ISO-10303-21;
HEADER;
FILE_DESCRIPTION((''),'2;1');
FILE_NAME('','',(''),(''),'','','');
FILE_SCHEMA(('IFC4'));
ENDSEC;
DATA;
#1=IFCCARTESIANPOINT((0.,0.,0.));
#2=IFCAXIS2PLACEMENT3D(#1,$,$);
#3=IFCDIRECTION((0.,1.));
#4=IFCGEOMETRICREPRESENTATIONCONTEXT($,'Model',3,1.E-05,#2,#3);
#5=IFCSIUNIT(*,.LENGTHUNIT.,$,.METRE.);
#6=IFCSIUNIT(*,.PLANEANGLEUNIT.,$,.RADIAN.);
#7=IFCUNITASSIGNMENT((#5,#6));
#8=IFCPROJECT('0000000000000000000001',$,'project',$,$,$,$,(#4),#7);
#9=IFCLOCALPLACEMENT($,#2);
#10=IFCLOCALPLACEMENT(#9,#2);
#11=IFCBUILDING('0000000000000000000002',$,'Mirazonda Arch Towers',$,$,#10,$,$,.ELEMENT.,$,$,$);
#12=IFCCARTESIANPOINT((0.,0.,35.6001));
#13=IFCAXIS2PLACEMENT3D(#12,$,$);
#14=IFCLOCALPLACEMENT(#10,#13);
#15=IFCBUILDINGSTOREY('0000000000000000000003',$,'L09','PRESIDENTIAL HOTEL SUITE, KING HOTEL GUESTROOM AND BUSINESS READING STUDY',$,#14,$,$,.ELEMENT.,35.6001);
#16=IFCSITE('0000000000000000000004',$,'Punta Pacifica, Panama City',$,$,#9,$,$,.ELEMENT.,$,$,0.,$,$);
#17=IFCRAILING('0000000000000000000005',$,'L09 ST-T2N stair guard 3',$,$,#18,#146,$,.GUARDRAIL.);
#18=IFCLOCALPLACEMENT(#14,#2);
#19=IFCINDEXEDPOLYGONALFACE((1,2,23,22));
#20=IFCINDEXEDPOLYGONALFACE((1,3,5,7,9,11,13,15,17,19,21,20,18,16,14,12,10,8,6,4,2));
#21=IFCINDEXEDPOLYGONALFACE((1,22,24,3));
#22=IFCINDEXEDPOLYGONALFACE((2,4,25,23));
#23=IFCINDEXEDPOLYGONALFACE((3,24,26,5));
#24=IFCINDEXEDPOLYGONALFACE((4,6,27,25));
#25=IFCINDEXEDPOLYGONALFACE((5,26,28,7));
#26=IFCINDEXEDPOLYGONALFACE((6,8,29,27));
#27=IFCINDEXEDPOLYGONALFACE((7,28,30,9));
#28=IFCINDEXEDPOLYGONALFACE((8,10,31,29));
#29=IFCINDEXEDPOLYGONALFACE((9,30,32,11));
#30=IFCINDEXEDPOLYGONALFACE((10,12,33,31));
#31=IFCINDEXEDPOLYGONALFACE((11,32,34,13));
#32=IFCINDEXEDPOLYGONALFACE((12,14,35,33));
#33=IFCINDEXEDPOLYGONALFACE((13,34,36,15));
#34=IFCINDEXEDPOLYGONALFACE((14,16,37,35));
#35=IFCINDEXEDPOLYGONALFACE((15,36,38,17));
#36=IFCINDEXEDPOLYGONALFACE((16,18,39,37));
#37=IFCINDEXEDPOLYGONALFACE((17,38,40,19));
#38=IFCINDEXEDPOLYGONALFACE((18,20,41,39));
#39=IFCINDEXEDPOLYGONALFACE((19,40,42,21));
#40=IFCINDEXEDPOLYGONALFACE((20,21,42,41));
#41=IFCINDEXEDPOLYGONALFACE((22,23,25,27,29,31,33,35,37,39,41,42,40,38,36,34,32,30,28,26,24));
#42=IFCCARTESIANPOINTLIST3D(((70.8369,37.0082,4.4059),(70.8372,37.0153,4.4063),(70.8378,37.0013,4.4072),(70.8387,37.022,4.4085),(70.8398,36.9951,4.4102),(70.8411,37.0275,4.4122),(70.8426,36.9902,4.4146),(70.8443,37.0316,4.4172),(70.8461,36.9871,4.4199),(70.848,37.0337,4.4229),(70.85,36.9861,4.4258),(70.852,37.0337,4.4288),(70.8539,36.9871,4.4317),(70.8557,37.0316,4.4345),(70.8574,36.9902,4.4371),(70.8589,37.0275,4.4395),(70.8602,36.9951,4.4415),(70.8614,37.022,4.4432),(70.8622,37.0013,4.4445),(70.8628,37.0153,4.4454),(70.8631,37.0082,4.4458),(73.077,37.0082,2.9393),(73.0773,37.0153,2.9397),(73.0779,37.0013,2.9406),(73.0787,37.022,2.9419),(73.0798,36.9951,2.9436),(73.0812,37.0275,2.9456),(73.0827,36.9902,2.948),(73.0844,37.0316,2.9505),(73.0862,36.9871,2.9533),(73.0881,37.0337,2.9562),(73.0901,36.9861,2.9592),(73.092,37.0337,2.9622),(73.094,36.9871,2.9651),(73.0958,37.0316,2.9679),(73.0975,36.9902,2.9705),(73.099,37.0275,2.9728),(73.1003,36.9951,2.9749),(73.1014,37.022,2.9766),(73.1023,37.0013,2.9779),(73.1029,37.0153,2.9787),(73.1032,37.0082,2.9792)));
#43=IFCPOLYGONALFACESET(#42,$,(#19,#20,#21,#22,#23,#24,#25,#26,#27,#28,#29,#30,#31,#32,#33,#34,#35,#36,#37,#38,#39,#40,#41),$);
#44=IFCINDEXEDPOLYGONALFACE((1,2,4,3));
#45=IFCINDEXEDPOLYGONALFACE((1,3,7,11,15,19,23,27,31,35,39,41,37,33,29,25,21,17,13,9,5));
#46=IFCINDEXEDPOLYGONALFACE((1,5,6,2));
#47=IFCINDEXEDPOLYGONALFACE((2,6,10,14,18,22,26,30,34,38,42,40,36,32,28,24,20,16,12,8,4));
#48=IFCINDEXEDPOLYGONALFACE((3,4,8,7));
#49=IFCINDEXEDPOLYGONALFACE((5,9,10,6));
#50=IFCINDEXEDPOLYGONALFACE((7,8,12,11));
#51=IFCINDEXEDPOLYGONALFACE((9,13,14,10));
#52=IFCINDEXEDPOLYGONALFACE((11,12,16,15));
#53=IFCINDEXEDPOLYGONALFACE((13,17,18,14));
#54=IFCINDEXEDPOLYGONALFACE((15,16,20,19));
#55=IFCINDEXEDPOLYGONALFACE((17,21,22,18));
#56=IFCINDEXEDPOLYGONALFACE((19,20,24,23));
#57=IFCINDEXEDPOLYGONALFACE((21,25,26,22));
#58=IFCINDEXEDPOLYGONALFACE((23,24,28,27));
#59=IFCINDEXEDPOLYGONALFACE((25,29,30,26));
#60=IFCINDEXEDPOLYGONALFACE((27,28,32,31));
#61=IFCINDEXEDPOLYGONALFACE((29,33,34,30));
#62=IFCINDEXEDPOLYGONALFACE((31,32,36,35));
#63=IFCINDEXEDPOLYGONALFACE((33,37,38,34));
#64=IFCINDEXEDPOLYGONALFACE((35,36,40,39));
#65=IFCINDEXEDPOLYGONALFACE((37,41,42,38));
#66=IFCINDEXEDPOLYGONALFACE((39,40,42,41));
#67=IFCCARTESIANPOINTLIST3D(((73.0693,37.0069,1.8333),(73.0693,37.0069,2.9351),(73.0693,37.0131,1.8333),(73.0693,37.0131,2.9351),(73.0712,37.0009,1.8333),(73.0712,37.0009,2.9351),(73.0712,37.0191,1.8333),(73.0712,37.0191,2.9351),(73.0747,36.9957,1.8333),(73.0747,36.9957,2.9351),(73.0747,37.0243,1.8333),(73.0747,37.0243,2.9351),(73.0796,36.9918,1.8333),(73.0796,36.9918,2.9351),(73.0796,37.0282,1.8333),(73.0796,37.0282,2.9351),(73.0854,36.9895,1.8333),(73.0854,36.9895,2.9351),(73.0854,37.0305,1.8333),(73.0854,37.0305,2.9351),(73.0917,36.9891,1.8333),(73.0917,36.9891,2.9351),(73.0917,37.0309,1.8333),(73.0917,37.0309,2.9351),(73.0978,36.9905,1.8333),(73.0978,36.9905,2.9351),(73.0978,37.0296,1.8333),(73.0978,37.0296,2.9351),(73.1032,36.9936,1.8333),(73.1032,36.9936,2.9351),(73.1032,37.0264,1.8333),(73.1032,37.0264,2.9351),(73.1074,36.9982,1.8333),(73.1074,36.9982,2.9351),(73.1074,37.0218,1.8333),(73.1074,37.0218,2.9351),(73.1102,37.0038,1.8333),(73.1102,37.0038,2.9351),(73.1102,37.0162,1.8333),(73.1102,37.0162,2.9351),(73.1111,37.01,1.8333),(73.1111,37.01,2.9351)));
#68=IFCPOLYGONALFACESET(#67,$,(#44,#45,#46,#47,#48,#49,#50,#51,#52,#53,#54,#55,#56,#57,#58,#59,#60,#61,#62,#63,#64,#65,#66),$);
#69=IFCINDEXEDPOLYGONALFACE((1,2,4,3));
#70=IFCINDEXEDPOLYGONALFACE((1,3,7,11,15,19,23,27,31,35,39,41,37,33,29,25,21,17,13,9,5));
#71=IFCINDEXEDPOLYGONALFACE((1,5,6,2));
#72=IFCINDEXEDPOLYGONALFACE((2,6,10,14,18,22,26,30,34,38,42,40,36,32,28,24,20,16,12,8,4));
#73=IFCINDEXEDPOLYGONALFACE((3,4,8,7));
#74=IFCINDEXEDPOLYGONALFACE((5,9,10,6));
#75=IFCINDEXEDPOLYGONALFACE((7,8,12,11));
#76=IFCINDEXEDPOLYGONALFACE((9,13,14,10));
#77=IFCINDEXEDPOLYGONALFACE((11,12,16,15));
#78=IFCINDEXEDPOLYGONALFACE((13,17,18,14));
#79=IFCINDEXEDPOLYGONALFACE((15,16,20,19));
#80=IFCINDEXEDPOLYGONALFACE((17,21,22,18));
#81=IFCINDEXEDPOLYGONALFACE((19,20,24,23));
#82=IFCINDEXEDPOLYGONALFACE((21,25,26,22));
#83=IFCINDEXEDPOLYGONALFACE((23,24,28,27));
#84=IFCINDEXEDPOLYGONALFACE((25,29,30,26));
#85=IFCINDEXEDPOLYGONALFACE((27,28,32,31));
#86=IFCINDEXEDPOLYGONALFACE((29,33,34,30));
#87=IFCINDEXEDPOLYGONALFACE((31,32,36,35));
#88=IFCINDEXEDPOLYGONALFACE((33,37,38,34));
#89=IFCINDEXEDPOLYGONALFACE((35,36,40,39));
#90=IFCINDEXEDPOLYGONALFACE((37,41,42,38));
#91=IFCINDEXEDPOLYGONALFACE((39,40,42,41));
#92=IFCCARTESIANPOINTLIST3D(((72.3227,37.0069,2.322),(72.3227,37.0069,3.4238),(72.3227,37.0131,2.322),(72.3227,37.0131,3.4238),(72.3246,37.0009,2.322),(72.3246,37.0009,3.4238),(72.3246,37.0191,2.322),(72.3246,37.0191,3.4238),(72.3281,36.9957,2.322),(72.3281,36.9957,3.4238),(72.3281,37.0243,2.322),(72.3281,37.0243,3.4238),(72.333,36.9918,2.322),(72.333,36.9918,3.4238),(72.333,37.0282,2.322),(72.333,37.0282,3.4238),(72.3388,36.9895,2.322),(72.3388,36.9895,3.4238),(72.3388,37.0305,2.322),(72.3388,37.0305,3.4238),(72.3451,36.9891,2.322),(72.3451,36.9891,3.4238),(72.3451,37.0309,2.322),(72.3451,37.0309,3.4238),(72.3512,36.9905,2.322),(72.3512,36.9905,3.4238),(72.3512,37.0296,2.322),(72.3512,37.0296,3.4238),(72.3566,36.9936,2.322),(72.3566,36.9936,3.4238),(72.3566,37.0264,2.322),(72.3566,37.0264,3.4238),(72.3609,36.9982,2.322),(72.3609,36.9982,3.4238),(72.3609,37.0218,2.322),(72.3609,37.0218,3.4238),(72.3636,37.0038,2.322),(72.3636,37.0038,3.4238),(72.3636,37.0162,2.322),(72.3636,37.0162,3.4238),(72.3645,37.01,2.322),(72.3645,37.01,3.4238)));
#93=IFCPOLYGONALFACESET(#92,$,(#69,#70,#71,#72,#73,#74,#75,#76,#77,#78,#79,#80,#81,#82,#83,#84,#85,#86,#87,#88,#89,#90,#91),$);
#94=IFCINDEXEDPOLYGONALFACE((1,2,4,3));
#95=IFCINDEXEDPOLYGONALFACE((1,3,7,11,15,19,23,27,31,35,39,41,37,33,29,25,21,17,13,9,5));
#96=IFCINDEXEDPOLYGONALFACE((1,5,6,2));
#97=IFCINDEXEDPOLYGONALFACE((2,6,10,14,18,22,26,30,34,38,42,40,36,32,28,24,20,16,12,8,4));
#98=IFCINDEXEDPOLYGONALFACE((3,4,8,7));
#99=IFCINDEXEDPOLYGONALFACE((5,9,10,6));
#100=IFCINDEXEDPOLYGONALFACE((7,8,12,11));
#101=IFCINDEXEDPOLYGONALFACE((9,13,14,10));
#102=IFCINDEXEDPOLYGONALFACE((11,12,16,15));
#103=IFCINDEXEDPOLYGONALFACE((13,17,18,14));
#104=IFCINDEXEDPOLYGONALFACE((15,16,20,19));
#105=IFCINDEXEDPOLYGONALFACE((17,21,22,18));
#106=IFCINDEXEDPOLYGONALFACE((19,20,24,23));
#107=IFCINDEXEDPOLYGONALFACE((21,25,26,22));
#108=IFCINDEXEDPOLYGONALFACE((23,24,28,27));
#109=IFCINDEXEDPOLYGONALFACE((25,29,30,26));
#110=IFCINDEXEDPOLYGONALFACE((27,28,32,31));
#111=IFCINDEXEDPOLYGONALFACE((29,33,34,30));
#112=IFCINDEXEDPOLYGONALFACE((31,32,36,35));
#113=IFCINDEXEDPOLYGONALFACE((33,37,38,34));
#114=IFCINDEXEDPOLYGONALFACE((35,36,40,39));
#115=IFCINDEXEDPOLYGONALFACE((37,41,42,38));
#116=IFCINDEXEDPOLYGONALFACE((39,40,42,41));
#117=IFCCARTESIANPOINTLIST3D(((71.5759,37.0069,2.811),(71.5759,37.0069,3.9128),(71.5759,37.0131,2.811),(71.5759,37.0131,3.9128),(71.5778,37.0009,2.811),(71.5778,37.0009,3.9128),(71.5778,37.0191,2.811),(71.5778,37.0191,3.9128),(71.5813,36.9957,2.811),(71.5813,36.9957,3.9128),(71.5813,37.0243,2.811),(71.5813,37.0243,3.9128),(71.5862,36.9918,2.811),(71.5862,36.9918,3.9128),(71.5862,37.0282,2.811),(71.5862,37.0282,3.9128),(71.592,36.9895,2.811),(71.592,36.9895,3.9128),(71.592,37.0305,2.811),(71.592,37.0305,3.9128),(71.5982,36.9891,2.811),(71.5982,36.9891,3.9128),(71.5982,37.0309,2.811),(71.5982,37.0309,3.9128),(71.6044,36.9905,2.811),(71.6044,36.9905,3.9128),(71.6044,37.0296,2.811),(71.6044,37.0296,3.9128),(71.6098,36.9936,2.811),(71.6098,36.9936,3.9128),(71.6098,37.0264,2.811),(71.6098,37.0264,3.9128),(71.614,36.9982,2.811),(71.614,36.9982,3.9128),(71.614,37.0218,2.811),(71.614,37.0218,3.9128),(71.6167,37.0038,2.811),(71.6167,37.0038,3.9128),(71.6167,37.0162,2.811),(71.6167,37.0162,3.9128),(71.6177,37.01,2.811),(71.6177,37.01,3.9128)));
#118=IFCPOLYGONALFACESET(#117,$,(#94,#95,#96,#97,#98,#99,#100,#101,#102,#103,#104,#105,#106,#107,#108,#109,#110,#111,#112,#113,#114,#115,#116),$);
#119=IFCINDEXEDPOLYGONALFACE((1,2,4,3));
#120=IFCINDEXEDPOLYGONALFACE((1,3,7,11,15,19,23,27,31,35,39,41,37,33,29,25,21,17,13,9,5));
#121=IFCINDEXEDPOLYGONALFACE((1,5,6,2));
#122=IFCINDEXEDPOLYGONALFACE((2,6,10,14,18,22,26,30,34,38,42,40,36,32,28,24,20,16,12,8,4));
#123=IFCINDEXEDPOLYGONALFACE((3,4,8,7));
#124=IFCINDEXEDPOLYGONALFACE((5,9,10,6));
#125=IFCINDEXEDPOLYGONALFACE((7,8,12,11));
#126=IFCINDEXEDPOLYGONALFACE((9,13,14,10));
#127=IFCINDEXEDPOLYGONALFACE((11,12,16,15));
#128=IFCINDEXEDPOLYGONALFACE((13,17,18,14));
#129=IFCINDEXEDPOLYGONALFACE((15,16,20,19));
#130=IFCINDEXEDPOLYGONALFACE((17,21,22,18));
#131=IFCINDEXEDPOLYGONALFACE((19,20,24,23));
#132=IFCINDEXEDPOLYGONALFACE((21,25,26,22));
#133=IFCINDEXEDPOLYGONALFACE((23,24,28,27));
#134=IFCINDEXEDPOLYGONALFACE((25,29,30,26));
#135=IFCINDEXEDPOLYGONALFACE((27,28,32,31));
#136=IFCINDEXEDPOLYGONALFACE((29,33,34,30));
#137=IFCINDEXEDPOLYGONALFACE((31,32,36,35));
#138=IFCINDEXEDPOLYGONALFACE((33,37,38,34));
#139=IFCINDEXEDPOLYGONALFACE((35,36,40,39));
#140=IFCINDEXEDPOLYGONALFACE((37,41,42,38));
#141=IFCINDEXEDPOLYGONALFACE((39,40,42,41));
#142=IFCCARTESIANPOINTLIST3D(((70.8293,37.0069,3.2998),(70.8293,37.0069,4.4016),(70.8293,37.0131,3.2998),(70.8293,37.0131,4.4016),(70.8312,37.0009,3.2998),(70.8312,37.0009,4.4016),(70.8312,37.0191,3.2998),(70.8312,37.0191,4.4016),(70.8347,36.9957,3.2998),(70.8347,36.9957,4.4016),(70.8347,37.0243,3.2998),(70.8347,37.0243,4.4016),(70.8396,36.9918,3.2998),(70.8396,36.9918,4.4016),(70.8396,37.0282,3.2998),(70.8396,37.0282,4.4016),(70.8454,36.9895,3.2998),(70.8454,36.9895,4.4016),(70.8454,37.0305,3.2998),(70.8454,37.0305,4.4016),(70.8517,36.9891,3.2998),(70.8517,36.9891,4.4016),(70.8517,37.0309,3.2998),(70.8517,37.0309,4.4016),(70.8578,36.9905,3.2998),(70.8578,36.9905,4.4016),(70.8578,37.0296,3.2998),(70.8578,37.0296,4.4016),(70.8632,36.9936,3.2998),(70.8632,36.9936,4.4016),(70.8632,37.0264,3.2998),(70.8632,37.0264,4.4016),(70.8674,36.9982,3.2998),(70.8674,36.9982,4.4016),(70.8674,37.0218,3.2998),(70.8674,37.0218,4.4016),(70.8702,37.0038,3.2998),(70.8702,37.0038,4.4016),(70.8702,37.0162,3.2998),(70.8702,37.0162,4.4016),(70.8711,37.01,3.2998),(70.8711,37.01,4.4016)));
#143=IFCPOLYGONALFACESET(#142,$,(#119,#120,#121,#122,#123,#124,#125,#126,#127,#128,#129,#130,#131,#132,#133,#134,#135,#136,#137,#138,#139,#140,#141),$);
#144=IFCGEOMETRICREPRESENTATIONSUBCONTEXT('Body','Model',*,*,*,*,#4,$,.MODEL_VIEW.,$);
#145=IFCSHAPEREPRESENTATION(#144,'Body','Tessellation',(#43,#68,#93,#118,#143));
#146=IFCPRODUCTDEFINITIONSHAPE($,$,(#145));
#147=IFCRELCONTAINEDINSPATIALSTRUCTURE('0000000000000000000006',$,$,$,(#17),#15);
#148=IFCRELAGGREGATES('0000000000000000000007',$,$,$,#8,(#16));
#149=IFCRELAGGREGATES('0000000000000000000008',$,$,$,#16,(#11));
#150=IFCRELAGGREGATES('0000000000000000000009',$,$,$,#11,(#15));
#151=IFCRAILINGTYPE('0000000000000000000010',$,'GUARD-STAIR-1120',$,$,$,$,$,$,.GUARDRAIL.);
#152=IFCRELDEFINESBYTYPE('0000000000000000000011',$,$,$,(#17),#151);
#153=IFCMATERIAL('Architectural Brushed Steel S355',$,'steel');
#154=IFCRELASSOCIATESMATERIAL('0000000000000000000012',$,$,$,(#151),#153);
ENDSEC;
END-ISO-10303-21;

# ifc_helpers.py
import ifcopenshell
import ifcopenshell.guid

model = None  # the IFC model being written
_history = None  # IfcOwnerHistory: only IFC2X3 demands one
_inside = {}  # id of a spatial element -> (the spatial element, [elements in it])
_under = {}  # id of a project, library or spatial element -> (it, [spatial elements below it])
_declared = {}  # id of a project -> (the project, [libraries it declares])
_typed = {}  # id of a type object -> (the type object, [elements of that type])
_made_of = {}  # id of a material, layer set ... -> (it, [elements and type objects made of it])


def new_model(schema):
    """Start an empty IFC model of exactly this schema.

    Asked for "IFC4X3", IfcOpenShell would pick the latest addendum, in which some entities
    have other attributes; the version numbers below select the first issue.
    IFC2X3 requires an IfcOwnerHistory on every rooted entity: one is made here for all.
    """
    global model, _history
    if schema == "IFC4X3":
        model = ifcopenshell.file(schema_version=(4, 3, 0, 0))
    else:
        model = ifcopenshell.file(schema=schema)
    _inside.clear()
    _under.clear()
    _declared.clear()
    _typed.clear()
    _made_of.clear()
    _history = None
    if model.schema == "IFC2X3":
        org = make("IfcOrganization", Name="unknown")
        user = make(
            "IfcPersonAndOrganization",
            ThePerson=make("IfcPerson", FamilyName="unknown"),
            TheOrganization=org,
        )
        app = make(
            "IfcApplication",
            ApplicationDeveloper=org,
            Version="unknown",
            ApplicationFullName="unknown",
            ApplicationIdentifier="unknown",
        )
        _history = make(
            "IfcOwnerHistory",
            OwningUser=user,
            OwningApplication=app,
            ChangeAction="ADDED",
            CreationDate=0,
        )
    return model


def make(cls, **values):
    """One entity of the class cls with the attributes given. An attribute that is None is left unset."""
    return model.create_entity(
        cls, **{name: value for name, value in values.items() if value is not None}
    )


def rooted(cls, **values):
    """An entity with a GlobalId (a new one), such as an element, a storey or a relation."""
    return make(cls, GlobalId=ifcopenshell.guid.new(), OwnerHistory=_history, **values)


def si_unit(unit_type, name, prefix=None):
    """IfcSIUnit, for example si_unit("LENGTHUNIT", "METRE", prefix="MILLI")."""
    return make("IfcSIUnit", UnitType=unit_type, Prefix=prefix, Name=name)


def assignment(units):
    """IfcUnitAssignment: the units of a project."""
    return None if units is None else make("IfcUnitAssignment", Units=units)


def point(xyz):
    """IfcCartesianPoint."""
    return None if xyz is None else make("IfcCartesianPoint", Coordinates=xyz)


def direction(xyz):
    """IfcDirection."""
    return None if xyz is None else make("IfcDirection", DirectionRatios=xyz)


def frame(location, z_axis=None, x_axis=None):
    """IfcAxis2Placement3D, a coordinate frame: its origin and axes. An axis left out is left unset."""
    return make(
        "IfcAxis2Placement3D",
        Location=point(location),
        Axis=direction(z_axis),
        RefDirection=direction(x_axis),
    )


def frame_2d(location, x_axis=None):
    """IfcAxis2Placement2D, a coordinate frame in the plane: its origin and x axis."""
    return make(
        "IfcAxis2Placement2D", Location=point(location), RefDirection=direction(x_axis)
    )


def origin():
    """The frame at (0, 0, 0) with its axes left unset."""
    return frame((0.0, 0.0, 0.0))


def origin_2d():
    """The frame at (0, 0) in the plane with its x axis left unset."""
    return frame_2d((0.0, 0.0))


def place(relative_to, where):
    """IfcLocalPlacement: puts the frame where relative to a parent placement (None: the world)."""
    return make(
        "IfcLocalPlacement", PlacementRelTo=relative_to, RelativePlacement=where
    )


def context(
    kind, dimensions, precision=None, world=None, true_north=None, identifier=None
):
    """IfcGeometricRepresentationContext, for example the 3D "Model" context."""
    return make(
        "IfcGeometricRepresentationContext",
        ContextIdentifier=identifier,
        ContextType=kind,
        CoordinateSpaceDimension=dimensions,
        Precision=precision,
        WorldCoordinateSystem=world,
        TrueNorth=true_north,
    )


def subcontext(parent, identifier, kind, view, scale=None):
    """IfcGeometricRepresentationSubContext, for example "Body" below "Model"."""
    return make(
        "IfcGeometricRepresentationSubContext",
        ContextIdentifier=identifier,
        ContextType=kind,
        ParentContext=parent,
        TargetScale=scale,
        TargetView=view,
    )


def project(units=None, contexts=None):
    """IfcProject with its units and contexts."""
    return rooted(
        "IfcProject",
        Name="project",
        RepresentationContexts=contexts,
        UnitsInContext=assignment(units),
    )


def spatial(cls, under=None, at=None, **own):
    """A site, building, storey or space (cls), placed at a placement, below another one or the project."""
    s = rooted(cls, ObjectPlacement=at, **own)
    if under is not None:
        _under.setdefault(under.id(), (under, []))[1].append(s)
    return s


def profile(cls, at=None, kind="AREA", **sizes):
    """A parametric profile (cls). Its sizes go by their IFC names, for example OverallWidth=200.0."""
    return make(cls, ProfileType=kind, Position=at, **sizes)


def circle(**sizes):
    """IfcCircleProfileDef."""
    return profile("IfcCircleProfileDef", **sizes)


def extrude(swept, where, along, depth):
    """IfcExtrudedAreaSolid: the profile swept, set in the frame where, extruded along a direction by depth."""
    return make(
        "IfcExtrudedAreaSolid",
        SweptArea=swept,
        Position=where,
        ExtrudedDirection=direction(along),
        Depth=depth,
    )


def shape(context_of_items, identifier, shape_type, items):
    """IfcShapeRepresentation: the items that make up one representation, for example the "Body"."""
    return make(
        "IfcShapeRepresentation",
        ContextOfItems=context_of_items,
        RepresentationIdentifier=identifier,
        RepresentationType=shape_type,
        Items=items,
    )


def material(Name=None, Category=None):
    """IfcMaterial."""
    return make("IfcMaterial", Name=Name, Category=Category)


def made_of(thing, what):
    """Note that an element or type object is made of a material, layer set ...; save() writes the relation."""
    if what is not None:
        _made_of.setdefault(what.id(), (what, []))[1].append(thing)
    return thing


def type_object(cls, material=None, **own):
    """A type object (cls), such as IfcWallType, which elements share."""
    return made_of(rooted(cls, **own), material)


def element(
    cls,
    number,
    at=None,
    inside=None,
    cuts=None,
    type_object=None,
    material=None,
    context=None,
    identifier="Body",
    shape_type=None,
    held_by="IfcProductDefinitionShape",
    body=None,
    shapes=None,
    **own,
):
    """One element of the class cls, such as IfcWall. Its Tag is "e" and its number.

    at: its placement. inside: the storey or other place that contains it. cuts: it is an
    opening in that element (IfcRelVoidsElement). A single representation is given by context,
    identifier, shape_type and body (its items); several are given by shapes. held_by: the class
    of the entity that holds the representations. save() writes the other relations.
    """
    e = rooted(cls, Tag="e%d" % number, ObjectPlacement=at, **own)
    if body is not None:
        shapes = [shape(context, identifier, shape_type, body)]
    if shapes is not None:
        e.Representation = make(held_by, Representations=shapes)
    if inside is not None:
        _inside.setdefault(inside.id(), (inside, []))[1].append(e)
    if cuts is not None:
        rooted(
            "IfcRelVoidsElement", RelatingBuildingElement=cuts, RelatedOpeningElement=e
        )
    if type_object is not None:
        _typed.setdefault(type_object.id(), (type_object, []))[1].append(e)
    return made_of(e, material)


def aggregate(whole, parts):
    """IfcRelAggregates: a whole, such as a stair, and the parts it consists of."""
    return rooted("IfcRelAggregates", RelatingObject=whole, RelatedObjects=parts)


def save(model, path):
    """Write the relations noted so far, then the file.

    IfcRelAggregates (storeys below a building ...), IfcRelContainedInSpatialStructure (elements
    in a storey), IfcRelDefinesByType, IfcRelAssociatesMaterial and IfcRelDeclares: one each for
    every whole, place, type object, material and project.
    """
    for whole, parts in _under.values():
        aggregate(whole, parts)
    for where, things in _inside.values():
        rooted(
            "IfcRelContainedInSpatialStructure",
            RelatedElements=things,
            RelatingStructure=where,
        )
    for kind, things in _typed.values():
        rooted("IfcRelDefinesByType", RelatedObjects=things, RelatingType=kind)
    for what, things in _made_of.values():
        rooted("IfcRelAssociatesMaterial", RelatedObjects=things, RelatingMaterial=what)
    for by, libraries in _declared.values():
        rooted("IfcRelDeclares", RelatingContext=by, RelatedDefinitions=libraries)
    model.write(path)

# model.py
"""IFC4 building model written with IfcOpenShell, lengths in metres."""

from ifc_helpers import new_model, si_unit, direction, frame, origin, origin_2d, place, context, subcontext, project, spatial, circle, extrude, material, type_object, element, save


model = new_model("IFC4")

# Units and contexts
model_context = context("Model", 3, precision=1e-05, world=origin(), true_north=direction((0.0, 1.0)))
body_context = subcontext(model_context, "Body", "Model", "MODEL_VIEW")
ifc_project = project(units=[si_unit("LENGTHUNIT", "METRE"), si_unit("PLANEANGLEUNIT", "RADIAN")], contexts=[model_context])

# Site, building, storey
site_placement = place(None, origin())
site = spatial("IfcSite", under=ifc_project, at=site_placement, Name="Punta Pacifica, Panama City", CompositionType="ELEMENT", RefElevation=0.0)
building_placement = place(site_placement, origin())
building = spatial("IfcBuilding", under=site, at=building_placement, Name="Mirazonda Arch Towers", CompositionType="ELEMENT")
storey_placement = place(building_placement, frame((0.0, 0.0, 35.6001)))
storey = spatial("IfcBuildingStorey", under=building, at=storey_placement, Name="L09", Description="PRESIDENTIAL HOTEL SUITE, KING HOTEL GUESTROOM AND BUSINESS READING STUDY", CompositionType="ELEMENT", Elevation=35.6001)

# Railing
ifc_material_1 = material(Name="Architectural Brushed Steel S355", Category="steel")
railing_type_1 = type_object("IfcRailingType", Name="GUARD-STAIR-1120", PredefinedType="GUARDRAIL", material=ifc_material_1)
railing_1_placement = place(storey_placement, frame((73.0901, 37.01, 1.8333)))
element("IfcRailing", 1, at=railing_1_placement, inside=storey, type_object=railing_type_1, Name="L09 ST-T2N stair guard 3", PredefinedType="GUARDRAIL", context=body_context, shape_type="SweptSolid", body=[
    extrude(circle(Radius=0.0239, at=origin_2d()), frame((0.0, 0.0, 1.126), z_axis=(-0.836637, 0.0, 0.547758), x_axis=(0.0, -1.0, 0.0)), (0.0, 0.0, 1.0), 2.6775),
    extrude(circle(Radius=0.021, at=origin_2d()), origin(), (0.0, 0.0, 1.0), 1.1018),
    extrude(circle(Radius=0.021, at=origin_2d()), frame((-0.7466, 0.0, 0.4888)), (0.0, 0.0, 1.0), 1.1018),
    extrude(circle(Radius=0.021, at=origin_2d()), frame((-1.4934, 0.0, 0.9778)), (0.0, 0.0, 1.0), 1.1018),
    extrude(circle(Radius=0.021, at=origin_2d()), frame((-2.24, 0.0, 1.4666)), (0.0, 0.0, 1.0), 1.1018),
])

save(model, "model.ifc")
